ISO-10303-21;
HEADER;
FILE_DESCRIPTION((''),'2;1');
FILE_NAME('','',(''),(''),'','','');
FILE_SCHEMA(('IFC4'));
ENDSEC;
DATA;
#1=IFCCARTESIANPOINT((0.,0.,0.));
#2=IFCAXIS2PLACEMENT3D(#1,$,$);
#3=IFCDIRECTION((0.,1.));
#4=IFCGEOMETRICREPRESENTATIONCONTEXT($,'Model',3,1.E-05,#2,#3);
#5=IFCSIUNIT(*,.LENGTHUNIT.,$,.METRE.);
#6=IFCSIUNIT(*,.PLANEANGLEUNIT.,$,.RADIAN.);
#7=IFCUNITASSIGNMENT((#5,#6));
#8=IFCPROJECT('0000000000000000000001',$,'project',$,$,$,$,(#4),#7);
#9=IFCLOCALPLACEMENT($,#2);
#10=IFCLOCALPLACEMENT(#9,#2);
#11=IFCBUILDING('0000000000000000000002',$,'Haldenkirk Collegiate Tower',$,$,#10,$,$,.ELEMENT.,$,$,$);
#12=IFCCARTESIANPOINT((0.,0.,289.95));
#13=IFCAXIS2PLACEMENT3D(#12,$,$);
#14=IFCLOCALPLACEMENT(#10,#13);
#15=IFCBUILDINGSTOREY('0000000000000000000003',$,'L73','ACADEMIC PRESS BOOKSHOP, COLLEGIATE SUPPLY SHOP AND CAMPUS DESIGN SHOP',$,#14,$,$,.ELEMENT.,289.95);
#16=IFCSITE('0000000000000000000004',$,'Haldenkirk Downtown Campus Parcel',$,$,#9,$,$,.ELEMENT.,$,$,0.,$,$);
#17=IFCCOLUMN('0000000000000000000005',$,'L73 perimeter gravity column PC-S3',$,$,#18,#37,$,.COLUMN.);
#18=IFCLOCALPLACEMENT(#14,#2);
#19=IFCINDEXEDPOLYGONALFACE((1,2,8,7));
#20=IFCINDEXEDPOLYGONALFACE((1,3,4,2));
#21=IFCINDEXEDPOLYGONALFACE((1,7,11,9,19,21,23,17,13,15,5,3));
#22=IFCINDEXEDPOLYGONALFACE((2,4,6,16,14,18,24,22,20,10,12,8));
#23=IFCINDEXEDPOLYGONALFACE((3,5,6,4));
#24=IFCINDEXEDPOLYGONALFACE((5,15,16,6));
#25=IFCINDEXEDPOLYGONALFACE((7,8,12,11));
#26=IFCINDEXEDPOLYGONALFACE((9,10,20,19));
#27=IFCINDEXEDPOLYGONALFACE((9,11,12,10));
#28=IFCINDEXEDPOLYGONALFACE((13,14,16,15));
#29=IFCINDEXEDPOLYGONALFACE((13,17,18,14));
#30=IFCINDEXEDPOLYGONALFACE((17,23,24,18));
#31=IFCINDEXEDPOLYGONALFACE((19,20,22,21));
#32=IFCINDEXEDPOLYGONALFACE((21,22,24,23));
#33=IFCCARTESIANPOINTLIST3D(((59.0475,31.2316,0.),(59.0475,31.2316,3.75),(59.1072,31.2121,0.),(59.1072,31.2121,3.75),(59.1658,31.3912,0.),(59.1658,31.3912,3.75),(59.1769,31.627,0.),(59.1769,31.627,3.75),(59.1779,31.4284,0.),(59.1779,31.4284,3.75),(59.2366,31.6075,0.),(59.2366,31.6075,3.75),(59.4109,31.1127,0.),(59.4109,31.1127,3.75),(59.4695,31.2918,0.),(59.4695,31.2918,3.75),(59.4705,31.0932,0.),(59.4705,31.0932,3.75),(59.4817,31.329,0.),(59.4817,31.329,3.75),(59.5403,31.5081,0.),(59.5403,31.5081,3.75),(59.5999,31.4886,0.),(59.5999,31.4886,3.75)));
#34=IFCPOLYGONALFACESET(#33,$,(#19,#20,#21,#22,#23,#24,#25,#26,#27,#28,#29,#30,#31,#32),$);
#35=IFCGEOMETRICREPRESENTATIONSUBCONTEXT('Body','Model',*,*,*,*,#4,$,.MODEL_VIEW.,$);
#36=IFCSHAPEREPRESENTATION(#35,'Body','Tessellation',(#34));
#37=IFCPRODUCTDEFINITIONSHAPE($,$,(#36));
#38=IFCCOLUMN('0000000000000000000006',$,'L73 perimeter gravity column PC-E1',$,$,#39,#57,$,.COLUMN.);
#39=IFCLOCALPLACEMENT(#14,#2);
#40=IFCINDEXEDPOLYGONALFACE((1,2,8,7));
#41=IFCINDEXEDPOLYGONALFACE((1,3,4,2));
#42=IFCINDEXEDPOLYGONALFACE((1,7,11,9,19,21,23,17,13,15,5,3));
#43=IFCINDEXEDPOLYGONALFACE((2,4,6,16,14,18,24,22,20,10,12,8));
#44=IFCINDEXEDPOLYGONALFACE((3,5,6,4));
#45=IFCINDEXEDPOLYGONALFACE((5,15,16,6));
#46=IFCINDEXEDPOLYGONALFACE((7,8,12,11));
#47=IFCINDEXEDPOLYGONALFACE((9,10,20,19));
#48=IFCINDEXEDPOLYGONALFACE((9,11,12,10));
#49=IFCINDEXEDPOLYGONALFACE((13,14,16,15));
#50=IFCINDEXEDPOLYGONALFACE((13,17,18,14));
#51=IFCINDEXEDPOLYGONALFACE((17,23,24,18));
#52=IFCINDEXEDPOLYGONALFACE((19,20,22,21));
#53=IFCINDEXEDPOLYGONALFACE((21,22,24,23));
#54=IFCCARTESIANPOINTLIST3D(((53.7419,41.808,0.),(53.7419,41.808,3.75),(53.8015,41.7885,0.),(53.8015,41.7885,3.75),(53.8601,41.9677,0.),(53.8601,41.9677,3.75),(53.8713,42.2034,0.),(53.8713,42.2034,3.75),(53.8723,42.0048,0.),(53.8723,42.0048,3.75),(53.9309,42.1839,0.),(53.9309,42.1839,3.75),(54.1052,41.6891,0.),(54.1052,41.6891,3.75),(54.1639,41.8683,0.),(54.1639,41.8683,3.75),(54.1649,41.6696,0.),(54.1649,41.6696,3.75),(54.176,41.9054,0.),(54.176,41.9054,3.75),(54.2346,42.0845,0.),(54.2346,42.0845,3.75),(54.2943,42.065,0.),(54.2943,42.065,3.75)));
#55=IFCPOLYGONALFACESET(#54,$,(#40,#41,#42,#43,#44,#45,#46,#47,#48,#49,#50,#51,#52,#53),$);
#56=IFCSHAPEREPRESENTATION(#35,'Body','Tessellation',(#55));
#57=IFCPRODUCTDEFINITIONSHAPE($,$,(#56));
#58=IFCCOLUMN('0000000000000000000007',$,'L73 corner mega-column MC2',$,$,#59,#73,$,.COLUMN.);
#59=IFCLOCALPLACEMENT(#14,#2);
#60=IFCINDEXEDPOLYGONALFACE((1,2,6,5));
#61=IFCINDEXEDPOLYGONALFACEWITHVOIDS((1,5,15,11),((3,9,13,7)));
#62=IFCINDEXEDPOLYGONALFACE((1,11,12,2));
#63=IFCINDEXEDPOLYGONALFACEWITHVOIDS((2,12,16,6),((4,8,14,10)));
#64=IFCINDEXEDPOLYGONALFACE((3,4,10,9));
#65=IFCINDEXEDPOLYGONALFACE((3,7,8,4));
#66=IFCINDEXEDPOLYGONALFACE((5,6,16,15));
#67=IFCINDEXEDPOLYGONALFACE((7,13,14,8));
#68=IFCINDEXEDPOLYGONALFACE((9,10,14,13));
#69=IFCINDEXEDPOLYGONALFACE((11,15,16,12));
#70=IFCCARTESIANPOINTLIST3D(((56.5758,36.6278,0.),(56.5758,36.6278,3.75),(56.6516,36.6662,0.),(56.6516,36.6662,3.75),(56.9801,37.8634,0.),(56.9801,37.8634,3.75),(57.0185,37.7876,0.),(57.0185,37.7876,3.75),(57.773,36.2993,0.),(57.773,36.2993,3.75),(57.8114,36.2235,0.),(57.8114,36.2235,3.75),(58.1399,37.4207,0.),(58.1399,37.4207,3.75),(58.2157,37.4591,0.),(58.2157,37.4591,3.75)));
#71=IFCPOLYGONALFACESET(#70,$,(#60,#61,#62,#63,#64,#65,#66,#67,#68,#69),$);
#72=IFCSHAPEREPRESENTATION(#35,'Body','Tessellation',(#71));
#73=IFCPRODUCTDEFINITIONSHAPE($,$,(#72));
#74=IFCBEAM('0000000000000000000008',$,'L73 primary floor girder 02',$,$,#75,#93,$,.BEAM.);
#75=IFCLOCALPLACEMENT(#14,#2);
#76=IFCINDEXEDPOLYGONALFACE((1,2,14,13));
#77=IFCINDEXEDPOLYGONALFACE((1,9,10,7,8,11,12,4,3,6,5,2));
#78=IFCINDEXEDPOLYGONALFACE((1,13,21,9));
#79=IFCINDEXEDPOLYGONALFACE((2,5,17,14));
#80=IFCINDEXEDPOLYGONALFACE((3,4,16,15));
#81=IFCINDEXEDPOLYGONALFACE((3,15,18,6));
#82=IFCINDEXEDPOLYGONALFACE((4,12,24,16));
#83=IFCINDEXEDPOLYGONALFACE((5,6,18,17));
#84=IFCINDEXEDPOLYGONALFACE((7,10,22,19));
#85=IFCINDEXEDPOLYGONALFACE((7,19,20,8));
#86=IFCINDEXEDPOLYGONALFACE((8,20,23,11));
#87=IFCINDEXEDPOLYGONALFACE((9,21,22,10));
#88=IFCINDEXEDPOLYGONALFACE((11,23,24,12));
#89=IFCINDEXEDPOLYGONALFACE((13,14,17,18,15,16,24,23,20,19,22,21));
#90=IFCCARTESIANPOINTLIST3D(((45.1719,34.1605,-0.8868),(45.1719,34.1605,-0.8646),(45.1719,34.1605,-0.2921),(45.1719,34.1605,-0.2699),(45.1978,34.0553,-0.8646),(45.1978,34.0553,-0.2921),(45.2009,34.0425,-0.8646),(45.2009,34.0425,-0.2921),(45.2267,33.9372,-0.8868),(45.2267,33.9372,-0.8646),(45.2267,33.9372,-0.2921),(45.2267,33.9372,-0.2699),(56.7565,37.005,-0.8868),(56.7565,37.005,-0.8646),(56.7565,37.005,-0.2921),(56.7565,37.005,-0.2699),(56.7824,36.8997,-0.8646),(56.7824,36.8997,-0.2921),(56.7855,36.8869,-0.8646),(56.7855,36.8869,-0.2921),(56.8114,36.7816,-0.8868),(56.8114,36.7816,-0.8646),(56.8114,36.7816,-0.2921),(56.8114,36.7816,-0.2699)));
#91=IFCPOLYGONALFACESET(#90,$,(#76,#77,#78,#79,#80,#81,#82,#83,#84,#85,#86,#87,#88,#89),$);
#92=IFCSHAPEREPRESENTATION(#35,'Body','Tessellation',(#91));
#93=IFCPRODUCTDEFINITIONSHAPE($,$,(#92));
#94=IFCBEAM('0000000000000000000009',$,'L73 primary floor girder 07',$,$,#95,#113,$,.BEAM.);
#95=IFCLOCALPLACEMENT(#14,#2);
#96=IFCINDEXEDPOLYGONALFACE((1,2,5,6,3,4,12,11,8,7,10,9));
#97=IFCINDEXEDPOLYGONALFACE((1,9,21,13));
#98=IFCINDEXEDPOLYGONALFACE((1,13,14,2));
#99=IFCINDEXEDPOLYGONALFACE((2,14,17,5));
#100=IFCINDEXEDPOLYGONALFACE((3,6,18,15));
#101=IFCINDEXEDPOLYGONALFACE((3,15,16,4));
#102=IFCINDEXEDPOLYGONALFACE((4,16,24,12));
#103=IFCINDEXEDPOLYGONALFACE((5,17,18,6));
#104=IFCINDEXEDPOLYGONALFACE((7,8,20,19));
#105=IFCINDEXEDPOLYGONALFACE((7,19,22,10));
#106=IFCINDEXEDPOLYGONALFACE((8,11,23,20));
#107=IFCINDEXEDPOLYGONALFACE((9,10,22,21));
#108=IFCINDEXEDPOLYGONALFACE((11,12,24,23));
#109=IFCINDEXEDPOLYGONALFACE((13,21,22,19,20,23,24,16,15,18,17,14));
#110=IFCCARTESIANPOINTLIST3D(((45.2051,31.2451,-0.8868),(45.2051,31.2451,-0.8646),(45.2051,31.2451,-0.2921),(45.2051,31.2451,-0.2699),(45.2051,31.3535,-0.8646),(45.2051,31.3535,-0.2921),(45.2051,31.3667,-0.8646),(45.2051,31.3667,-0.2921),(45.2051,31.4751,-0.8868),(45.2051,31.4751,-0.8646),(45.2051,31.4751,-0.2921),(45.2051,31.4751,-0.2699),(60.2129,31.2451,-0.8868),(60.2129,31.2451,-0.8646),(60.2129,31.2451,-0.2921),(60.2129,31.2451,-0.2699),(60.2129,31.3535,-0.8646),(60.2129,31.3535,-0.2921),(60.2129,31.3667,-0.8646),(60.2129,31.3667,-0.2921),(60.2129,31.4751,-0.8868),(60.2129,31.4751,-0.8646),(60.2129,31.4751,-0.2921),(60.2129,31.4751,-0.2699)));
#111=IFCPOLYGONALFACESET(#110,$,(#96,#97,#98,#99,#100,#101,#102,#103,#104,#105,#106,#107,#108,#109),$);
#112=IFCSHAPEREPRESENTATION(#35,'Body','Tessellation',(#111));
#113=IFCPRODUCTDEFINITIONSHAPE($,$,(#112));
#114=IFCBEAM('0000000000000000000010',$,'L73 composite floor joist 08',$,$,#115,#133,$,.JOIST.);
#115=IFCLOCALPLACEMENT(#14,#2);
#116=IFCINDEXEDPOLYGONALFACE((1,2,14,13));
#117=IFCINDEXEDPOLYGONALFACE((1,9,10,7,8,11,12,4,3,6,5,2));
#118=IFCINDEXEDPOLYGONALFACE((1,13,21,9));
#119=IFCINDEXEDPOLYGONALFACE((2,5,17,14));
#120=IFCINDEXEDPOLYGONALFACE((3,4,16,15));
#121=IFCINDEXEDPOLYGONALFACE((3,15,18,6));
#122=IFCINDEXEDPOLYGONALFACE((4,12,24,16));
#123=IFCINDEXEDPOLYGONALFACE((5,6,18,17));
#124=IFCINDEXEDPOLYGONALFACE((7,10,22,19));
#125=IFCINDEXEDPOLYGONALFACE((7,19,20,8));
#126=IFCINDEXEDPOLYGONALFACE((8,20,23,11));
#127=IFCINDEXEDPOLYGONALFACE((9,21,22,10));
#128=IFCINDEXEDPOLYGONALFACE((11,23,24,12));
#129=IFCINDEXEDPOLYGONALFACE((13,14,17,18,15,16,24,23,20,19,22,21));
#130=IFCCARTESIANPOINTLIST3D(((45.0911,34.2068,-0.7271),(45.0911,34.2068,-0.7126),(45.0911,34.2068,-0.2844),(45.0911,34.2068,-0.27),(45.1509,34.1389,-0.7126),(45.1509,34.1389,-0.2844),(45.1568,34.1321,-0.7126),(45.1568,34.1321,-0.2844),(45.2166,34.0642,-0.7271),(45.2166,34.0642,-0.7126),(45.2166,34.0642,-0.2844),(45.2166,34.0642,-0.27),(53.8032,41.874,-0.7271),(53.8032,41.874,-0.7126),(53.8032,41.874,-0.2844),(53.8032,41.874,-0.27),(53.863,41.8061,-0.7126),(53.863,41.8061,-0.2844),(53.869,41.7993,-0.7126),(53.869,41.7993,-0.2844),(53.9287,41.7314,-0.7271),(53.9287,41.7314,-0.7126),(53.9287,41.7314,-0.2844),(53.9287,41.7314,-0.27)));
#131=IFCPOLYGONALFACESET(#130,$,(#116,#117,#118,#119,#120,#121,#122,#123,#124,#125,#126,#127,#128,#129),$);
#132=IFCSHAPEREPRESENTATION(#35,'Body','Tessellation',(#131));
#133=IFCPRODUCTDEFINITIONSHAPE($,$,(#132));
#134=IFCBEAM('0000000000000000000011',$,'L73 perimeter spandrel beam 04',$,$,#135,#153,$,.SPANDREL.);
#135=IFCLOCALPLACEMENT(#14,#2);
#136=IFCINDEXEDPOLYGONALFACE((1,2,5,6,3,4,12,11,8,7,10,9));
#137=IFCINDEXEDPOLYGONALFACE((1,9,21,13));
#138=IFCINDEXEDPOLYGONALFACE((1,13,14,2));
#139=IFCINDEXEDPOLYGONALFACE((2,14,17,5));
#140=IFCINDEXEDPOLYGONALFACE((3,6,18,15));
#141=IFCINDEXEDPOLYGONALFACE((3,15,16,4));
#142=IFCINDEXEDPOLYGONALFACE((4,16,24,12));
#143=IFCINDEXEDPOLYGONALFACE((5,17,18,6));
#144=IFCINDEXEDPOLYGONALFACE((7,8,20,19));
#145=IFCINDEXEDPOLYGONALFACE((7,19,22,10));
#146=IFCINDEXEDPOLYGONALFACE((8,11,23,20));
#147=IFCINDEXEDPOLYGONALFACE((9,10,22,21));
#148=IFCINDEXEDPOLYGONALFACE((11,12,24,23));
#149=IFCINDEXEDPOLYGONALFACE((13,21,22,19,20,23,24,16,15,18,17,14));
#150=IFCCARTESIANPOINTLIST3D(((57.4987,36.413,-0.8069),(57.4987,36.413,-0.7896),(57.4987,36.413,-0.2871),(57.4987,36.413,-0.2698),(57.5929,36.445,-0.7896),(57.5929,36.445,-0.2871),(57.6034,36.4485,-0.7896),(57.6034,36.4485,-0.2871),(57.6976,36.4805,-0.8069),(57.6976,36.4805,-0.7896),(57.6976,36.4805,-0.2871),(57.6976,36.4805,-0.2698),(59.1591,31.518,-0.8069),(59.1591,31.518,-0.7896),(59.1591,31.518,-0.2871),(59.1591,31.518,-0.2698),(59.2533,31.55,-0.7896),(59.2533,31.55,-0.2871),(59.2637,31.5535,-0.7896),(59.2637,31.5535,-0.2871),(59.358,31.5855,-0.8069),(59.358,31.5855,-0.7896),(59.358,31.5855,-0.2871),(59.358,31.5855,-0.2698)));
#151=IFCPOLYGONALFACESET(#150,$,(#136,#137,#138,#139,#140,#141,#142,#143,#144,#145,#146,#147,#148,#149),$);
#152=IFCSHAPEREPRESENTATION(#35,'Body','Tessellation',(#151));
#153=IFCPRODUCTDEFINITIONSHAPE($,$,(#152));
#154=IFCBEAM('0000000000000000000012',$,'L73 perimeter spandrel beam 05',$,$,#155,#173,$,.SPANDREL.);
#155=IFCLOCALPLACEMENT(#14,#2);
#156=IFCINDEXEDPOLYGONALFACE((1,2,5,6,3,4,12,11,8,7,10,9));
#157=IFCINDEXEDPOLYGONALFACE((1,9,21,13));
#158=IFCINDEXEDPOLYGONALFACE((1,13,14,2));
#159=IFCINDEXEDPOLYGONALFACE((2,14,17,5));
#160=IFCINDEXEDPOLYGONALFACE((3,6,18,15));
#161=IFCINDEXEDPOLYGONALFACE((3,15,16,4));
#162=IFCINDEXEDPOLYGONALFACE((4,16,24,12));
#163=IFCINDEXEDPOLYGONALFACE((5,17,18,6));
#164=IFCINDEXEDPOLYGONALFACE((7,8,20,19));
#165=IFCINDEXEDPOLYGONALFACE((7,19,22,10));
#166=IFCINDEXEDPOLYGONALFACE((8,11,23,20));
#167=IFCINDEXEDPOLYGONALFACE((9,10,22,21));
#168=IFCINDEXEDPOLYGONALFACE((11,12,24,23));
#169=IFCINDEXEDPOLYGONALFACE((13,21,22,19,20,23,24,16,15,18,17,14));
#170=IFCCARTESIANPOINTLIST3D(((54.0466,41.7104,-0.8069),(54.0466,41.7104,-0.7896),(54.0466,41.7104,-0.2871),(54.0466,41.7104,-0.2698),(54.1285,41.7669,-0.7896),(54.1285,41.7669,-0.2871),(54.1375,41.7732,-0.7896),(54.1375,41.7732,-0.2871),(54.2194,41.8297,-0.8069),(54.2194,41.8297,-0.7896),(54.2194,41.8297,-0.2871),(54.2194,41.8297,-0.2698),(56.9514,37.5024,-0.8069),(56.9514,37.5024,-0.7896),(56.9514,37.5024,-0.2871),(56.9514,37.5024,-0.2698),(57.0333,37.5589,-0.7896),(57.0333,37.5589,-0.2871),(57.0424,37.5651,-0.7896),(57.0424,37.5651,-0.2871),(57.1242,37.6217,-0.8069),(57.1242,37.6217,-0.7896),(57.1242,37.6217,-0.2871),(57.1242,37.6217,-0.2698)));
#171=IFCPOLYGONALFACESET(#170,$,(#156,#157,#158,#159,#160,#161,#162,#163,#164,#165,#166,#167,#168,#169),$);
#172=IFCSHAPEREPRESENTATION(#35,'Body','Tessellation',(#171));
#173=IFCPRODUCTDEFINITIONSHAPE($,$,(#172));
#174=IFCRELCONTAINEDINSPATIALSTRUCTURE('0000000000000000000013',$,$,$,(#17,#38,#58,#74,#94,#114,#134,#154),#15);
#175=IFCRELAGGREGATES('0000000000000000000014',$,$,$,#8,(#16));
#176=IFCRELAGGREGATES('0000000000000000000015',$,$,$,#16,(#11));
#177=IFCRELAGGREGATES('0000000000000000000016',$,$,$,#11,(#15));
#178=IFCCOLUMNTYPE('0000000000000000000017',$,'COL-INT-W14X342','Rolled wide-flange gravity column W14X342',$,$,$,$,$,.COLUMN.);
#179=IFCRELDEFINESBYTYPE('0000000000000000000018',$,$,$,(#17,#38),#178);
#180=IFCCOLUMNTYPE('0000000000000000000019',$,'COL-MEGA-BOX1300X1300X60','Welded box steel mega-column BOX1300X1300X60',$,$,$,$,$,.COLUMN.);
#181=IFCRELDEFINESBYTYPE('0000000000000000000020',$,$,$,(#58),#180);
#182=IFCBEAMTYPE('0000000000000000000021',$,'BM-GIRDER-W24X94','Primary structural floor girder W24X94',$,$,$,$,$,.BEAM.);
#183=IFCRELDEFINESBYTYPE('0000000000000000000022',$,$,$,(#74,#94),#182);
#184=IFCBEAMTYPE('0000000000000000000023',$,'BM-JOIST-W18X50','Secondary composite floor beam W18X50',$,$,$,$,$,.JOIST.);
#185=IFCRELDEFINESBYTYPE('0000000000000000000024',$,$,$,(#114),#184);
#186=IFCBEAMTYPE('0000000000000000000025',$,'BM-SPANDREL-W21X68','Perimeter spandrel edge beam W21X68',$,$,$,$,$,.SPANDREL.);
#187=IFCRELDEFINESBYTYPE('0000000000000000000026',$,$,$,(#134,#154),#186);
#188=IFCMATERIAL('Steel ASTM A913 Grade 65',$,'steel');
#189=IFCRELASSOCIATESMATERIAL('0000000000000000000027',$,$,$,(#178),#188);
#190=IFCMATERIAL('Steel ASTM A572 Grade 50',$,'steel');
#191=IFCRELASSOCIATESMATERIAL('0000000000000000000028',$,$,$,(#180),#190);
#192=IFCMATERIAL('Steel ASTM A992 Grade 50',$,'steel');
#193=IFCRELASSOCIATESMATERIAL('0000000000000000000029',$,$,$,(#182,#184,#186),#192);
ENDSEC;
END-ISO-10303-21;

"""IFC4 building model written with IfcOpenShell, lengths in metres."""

from ifc_helpers import new_model, si_unit, direction, frame, origin, origin_2d, place, context, subcontext, project, spatial, hollow_rectangle, i_section, extrude, material, material_profile, profile_set, type_object, element, save


model = new_model("IFC4")

# Units and contexts
model_context = context("Model", 3, precision=1e-05, world=origin(), true_north=direction((0.0, 1.0)))
body_context = subcontext(model_context, "Body", "Model", "MODEL_VIEW")
ifc_project = project(units=[si_unit("LENGTHUNIT", "METRE"), si_unit("PLANEANGLEUNIT", "RADIAN")], contexts=[model_context])

# Site, building, storey
site_placement = place(None, origin())
site = spatial("IfcSite", under=ifc_project, at=site_placement, Name="Haldenkirk Downtown Campus Parcel", CompositionType="ELEMENT", RefElevation=0.0)
building_placement = place(site_placement, origin())
building = spatial("IfcBuilding", under=site, at=building_placement, Name="Haldenkirk Collegiate Tower", CompositionType="ELEMENT")
storey_placement = place(building_placement, frame((0.0, 0.0, 289.95)))
storey = spatial("IfcBuildingStorey", under=building, at=storey_placement, Name="L73", Description="ACADEMIC PRESS BOOKSHOP, COLLEGIATE SUPPLY SHOP AND CAMPUS DESIGN SHOP", CompositionType="ELEMENT", Elevation=289.95)

# Columns
ifc_material_1 = material(Name="Steel ASTM A913 Grade 65", Category="steel")
ifc_material_profile_1 = material_profile(ifc_material_1, i_section(OverallWidth=0.416, OverallDepth=0.4451, WebThickness=0.0391, FlangeThickness=0.0627, at=origin_2d()), Name="W14X342")
ifc_profile_set_1 = profile_set([ifc_material_profile_1], Name="Steel ASTM A913 Grade 65")
column_type_1 = type_object("IfcColumnType", Name="COL-INT-W14X342", Description="Rolled wide-flange gravity column W14X342", PredefinedType="COLUMN", material=ifc_profile_set_1)
for number, where, z_axis, x_axis, name in (
    (1, (59.3237, 31.3601, 0.0), (0.0, 0.0, 1.0), (0.311008, 0.950407, 0.0), "L73 perimeter gravity column PC-S3"),
    (2, (54.0181, 41.9365, 0.0), (0.0, 0.0, 1.0), (0.311008, 0.950407, 0.0), "L73 perimeter gravity column PC-E1"),
):
    element("IfcColumn", number, at=place(storey_placement, frame(where, z_axis=z_axis, x_axis=x_axis)), inside=storey, type_object=column_type_1, Name=name, PredefinedType="COLUMN", context=body_context, shape_type="SweptSolid", body=[
        extrude(i_section(OverallWidth=0.416, OverallDepth=0.4451, WebThickness=0.0391, FlangeThickness=0.0627, at=origin_2d()), origin(), (0.0, 0.0, 1.0), 3.75),
    ])
ifc_material_2 = material(Name="Steel ASTM A572 Grade 50", Category="steel")
ifc_material_profile_2 = material_profile(ifc_material_2, hollow_rectangle(XDim=1.3, YDim=1.3, WallThickness=0.0601, at=origin_2d()), Name="BOX1300X1300X60")
ifc_profile_set_2 = profile_set([ifc_material_profile_2], Name="Steel ASTM A572 Grade 50")
column_type_2 = type_object("IfcColumnType", Name="COL-MEGA-BOX1300X1300X60", Description="Welded box steel mega-column BOX1300X1300X60", PredefinedType="COLUMN", material=ifc_profile_set_2)
column_placement = place(storey_placement, frame((57.3958, 37.0435, 0.0), z_axis=(0.0, 0.0, 1.0), x_axis=(0.311008, 0.950407, 0.0)))
element("IfcColumn", 3, at=column_placement, inside=storey, type_object=column_type_2, Name="L73 corner mega-column MC2", PredefinedType="COLUMN", context=body_context, shape_type="SweptSolid", body=[
    extrude(hollow_rectangle(XDim=1.3, YDim=1.3, WallThickness=0.0601, at=origin_2d()), origin(), (0.0, 0.0, 1.0), 3.75),
])

# Beams
ifc_material_3 = material(Name="Steel ASTM A992 Grade 50", Category="steel")
ifc_material_profile_3 = material_profile(ifc_material_3, i_section(OverallWidth=0.23, OverallDepth=0.6169, WebThickness=0.0132, FlangeThickness=0.0222, at=origin_2d()), Name="W24X94")
ifc_profile_set_3 = profile_set([ifc_material_profile_3], Name="Steel ASTM A992 Grade 50")
beam_type_1 = type_object("IfcBeamType", Name="BM-GIRDER-W24X94", Description="Primary structural floor girder W24X94", PredefinedType="BEAM", material=ifc_profile_set_3)
beam_1_placement = place(storey_placement, frame((56.7839, 36.8933, -0.5784), z_axis=(-0.971154, -0.238455, 0.0), x_axis=(0.238455, -0.971154, 0.0)))
element("IfcBeam", 4, at=beam_1_placement, inside=storey, type_object=beam_type_1, Name="L73 primary floor girder 02", PredefinedType="BEAM", context=body_context, shape_type="SweptSolid", body=[
    extrude(i_section(OverallWidth=0.23, OverallDepth=0.6169, WebThickness=0.0132, FlangeThickness=0.0222, at=origin_2d()), origin(), (0.0, 0.0, 1.0), 11.9287),
])
beam_2_placement = place(storey_placement, frame((60.2129, 31.3601, -0.5784), z_axis=(-1.0, 0.0, 0.0), x_axis=(0.0, -1.0, 0.0)))
element("IfcBeam", 5, at=beam_2_placement, inside=storey, type_object=beam_type_1, Name="L73 primary floor girder 07", PredefinedType="BEAM", context=body_context, shape_type="SweptSolid", body=[
    extrude(i_section(OverallWidth=0.23, OverallDepth=0.6169, WebThickness=0.0132, FlangeThickness=0.0222, at=origin_2d()), origin(), (0.0, 0.0, 1.0), 15.0078),
])
ifc_material_profile_4 = material_profile(ifc_material_3, i_section(OverallWidth=0.1899, OverallDepth=0.457, WebThickness=0.009, FlangeThickness=0.0144, at=origin_2d()), Name="W18X50")
ifc_profile_set_4 = profile_set([ifc_material_profile_4], Name="Steel ASTM A992 Grade 50")
beam_type_2 = type_object("IfcBeamType", Name="BM-JOIST-W18X50", Description="Secondary composite floor beam W18X50", PredefinedType="JOIST", material=ifc_profile_set_4)
beam_3_placement = place(storey_placement, frame((53.866, 41.8027, -0.4985), z_axis=(-0.750691, -0.660654, 0.0), x_axis=(0.660654, -0.750691, 0.0)))
element("IfcBeam", 6, at=beam_3_placement, inside=storey, type_object=beam_type_2, Name="L73 composite floor joist 08", PredefinedType="JOIST", context=body_context, shape_type="SweptSolid", body=[
    extrude(i_section(OverallWidth=0.1899, OverallDepth=0.457, WebThickness=0.009, FlangeThickness=0.0144, at=origin_2d()), origin(), (0.0, 0.0, 1.0), 11.6055),
])
ifc_material_profile_5 = material_profile(ifc_material_3, i_section(OverallWidth=0.21, OverallDepth=0.5371, WebThickness=0.011, FlangeThickness=0.0173, at=origin_2d()), Name="W21X68")
ifc_profile_set_5 = profile_set([ifc_material_profile_5], Name="Steel ASTM A992 Grade 50")
beam_type_3 = type_object("IfcBeamType", Name="BM-SPANDREL-W21X68", Description="Perimeter spandrel edge beam W21X68", PredefinedType="SPANDREL", material=ifc_profile_set_5)
beam_4_placement = place(storey_placement, frame((59.2585, 31.5518, -0.5383), z_axis=(-0.321225, 0.947003, 0.0), x_axis=(-0.947003, -0.321225, 0.0)))
element("IfcBeam", 7, at=beam_4_placement, inside=storey, type_object=beam_type_3, Name="L73 perimeter spandrel beam 04", PredefinedType="SPANDREL", context=body_context, shape_type="SweptSolid", body=[
    extrude(i_section(OverallWidth=0.21, OverallDepth=0.5371, WebThickness=0.011, FlangeThickness=0.0173, at=origin_2d()), origin(), (0.0, 0.0, 1.0), 5.1689),
])
beam_5_placement = place(storey_placement, frame((57.0378, 37.562, -0.5383), z_axis=(-0.568092, 0.822965, 0.0), x_axis=(-0.822965, -0.568092, 0.0)))
element("IfcBeam", 8, at=beam_5_placement, inside=storey, type_object=beam_type_3, Name="L73 perimeter spandrel beam 05", PredefinedType="SPANDREL", context=body_context, shape_type="SweptSolid", body=[
    extrude(i_section(OverallWidth=0.21, OverallDepth=0.5371, WebThickness=0.011, FlangeThickness=0.0173, at=origin_2d()), origin(), (0.0, 0.0, 1.0), 5.1133),
])

save(model, "model.ifc")
